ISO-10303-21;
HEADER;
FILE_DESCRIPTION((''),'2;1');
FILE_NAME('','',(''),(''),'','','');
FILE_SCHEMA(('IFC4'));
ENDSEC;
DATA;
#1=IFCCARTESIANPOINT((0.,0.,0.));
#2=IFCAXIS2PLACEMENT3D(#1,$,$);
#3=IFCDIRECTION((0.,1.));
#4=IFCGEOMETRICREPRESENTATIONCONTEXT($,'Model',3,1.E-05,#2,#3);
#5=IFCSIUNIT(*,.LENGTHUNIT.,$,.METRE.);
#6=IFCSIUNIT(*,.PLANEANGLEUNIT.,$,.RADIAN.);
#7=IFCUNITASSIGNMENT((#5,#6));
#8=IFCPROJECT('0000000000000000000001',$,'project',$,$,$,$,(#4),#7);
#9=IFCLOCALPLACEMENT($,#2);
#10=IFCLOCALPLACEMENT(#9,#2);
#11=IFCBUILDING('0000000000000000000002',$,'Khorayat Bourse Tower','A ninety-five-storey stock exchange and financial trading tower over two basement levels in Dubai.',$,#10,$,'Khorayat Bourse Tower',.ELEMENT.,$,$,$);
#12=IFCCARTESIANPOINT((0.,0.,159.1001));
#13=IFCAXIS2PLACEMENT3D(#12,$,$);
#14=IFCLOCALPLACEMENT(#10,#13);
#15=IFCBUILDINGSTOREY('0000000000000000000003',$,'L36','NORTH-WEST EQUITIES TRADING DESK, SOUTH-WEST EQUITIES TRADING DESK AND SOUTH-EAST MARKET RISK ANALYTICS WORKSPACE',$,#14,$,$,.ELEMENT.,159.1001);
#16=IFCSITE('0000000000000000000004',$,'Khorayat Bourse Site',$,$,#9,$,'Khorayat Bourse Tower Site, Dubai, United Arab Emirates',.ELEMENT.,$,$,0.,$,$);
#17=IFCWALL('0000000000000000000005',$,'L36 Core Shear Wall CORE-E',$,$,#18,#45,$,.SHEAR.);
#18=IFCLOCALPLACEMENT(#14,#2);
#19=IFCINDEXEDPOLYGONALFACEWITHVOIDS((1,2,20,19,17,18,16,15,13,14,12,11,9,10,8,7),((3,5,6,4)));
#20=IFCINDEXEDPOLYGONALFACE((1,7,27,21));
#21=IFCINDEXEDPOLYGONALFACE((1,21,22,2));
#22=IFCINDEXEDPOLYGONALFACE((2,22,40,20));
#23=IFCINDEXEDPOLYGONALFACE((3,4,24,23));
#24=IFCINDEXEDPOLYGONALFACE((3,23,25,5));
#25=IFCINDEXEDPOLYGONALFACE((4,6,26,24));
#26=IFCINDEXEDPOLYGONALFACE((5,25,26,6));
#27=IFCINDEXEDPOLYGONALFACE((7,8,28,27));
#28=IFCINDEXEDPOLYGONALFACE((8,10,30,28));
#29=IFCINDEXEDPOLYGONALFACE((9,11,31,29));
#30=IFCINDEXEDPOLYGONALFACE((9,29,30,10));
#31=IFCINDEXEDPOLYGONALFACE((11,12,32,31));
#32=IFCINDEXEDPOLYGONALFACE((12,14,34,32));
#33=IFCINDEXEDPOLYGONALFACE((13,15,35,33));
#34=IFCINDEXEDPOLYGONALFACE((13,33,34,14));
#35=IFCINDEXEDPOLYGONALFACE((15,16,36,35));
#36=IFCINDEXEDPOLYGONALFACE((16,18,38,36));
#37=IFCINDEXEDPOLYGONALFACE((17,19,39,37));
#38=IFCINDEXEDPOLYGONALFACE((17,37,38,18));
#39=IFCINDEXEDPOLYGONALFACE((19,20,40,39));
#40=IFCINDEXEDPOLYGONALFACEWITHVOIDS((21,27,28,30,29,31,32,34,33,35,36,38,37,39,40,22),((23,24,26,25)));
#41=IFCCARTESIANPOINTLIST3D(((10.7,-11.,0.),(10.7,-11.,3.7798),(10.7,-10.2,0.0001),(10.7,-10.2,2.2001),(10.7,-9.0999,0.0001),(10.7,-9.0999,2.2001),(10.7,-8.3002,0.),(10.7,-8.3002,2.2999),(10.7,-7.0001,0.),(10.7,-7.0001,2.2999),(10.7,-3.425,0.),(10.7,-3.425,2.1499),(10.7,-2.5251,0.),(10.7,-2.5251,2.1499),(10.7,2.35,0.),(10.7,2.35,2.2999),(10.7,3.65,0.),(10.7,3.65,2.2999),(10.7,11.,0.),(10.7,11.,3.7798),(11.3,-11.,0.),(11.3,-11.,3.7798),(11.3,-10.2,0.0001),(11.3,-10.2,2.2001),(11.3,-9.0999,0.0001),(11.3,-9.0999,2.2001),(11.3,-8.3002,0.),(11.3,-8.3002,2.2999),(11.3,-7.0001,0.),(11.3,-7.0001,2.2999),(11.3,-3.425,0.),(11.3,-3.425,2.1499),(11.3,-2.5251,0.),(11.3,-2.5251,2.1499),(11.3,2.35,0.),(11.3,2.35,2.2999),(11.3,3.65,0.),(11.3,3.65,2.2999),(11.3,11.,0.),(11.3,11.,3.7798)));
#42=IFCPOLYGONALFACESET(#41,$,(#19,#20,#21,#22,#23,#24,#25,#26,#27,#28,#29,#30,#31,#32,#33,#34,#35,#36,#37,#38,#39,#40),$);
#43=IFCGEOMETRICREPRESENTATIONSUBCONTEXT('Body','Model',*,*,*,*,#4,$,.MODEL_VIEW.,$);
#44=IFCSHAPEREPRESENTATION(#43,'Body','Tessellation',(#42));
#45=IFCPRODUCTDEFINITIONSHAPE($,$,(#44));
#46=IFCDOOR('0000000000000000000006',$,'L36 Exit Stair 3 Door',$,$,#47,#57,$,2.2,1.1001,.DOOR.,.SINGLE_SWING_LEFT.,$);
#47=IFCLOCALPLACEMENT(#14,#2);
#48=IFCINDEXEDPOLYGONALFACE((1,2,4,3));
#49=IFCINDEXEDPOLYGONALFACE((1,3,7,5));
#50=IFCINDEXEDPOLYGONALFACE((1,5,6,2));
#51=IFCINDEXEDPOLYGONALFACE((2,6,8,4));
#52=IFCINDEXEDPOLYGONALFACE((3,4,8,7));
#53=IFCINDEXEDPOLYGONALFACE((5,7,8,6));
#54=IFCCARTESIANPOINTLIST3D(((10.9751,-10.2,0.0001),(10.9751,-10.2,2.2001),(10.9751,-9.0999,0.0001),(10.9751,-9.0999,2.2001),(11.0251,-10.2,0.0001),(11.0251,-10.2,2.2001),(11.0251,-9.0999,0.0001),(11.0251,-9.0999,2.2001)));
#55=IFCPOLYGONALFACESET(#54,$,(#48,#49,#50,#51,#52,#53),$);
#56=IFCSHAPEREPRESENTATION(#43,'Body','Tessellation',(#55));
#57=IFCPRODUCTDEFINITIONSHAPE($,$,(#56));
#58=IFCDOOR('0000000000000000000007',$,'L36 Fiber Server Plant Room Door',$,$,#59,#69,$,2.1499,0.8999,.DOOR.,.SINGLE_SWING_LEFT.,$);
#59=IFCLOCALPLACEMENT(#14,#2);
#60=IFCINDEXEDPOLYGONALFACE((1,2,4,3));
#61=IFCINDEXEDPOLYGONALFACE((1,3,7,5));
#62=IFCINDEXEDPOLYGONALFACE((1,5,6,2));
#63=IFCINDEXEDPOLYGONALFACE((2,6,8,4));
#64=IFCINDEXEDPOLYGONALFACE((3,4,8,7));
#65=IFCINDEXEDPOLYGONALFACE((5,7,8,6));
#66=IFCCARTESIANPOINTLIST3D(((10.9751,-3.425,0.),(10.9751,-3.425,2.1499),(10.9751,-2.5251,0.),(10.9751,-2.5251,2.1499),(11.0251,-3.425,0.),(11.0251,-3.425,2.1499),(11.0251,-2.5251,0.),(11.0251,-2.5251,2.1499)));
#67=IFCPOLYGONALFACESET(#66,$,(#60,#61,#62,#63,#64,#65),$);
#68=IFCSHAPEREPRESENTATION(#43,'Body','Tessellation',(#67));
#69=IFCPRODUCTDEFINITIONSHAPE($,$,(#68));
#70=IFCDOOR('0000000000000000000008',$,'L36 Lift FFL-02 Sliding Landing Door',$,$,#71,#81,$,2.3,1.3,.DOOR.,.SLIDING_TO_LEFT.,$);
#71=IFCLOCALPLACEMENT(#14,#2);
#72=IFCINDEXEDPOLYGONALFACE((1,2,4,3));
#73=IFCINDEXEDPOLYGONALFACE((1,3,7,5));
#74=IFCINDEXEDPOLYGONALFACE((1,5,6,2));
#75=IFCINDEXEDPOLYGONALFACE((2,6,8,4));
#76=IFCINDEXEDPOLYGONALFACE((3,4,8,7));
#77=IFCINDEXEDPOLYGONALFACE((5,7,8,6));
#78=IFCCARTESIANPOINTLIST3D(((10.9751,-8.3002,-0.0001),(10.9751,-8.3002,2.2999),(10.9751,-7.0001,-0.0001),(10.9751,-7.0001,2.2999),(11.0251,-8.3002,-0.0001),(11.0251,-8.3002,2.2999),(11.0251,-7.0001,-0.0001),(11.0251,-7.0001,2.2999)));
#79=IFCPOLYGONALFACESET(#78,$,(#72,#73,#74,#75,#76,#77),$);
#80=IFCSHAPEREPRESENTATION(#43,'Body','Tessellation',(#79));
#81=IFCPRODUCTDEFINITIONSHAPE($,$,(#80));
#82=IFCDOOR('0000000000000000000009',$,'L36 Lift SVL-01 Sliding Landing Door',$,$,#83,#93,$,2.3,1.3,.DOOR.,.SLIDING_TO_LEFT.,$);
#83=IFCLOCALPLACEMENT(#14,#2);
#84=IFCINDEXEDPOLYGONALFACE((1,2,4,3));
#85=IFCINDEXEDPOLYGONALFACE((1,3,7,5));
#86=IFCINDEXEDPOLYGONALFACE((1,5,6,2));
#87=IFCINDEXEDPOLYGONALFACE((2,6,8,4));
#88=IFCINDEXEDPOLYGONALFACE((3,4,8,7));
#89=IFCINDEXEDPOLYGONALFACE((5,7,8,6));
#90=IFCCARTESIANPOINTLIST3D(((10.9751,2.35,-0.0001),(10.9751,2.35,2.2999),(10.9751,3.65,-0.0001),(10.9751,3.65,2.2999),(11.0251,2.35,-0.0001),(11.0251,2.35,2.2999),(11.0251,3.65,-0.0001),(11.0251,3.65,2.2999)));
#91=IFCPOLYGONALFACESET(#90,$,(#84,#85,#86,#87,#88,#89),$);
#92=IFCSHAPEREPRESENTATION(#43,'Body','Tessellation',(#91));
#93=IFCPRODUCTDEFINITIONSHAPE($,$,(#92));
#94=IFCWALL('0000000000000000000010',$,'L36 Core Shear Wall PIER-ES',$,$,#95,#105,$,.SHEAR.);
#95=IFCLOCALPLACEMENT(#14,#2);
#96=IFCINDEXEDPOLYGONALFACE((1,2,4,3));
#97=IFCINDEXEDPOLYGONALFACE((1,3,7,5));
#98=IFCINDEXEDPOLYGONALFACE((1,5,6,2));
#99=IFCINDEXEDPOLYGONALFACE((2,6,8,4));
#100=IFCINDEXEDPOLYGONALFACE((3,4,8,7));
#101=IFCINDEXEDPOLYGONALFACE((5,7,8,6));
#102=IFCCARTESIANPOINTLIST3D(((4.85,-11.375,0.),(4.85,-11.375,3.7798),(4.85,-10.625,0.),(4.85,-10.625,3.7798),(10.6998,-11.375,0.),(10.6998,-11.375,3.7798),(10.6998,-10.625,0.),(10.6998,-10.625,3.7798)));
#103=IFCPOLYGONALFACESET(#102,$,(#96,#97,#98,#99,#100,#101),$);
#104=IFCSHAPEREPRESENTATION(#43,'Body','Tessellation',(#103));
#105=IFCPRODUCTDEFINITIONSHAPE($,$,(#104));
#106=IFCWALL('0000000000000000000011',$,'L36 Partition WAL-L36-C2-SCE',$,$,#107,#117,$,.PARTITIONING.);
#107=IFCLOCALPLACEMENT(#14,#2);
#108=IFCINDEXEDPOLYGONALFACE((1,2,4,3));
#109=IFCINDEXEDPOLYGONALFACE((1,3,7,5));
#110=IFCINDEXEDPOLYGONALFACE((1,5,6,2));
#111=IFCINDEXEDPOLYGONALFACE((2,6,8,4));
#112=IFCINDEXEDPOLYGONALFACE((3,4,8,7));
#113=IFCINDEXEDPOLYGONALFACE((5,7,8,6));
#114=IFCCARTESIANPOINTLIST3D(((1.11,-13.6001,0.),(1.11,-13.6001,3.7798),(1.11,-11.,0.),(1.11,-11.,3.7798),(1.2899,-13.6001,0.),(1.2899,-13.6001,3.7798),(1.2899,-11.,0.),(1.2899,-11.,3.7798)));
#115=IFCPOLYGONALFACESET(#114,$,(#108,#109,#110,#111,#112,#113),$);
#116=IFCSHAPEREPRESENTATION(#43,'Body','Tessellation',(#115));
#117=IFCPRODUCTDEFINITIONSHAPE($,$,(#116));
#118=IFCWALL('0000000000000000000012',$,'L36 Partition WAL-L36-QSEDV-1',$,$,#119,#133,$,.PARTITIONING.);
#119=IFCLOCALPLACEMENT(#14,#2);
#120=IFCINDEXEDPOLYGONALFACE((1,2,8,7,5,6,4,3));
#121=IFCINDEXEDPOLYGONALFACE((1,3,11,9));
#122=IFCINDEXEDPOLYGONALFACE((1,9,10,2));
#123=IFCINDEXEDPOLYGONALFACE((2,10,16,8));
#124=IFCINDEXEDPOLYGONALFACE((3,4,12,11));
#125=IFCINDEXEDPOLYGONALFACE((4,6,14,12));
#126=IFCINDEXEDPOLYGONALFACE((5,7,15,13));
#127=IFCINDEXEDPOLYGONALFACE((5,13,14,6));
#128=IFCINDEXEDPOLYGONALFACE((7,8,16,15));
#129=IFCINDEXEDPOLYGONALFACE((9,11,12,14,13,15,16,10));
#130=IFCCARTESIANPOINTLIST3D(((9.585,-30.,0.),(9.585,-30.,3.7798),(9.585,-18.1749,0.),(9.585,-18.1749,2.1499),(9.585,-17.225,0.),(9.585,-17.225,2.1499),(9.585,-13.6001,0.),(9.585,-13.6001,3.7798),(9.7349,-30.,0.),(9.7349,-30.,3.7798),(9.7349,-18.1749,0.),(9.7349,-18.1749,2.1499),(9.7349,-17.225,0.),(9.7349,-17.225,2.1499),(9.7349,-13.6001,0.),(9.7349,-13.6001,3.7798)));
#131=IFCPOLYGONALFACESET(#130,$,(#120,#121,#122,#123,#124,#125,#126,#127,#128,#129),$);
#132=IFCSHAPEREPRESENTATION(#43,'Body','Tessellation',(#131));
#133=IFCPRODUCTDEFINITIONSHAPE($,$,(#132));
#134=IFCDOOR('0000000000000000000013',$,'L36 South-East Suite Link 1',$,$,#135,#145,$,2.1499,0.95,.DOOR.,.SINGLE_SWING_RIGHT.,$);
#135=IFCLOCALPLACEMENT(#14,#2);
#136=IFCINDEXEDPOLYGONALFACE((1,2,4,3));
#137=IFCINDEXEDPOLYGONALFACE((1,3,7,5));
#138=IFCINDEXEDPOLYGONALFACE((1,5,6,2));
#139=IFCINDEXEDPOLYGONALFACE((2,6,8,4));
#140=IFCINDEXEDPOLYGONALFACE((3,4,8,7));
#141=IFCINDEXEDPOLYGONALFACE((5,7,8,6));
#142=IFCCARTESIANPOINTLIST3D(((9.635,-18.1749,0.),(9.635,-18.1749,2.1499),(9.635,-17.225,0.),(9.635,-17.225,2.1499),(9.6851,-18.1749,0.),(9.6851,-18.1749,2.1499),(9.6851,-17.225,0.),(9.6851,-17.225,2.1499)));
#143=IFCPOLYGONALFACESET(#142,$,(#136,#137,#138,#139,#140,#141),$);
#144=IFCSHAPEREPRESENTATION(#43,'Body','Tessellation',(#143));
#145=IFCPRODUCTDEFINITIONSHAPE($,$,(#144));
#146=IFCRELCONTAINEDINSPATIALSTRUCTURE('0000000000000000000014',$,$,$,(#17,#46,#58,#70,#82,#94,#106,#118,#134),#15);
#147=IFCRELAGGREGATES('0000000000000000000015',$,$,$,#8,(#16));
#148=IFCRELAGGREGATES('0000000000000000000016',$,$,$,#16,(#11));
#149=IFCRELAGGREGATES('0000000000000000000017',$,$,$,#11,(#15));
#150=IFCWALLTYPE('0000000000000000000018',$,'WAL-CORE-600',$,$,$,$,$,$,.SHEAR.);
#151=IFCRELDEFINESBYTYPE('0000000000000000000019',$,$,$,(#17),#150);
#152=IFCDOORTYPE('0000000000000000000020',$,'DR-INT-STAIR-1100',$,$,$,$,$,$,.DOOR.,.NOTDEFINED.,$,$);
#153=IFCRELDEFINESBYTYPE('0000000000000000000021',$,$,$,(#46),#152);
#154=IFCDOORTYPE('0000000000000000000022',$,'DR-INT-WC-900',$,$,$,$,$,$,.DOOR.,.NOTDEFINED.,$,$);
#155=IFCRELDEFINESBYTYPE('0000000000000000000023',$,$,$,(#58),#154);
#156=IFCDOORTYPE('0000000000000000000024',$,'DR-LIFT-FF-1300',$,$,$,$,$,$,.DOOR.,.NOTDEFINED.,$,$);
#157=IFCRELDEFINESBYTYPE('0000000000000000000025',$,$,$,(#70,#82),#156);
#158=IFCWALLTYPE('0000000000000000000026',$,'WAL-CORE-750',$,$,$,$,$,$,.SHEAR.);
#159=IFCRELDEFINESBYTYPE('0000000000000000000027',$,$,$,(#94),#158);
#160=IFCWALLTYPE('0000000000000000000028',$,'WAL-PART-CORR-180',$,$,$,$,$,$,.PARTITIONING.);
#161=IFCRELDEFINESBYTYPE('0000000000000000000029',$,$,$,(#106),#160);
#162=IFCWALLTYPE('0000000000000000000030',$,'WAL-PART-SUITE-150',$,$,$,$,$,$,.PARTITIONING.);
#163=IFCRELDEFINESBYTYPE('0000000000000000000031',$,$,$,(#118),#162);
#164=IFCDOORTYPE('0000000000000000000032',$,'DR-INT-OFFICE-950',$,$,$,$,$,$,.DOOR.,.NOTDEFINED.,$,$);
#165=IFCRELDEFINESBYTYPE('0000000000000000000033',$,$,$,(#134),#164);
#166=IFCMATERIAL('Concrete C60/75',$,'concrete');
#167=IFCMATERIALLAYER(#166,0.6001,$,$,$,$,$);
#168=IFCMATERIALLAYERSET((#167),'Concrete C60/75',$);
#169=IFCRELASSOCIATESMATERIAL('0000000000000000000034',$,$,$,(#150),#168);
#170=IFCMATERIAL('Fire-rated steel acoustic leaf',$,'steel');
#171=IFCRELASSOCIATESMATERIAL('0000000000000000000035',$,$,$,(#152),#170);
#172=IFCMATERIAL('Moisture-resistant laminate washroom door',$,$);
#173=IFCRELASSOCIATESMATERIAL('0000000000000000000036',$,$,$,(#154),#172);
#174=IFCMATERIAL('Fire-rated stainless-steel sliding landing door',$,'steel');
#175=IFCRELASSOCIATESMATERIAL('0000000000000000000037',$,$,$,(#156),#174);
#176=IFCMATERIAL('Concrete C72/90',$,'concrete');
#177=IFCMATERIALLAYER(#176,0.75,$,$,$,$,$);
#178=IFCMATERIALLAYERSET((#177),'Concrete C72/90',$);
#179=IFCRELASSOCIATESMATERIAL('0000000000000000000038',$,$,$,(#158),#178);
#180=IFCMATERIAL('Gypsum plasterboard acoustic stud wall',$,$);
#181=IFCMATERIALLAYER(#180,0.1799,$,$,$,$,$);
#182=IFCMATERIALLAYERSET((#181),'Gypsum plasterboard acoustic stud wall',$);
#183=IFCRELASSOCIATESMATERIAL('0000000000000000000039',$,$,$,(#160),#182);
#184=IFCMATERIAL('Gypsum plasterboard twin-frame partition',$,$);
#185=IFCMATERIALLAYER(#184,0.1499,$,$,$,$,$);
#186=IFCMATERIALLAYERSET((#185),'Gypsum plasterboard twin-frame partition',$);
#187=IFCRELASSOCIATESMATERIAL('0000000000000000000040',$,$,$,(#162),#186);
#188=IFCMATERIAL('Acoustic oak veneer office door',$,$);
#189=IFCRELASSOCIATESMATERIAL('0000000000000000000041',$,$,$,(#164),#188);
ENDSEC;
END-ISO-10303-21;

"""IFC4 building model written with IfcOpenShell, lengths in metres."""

from ifc_helpers import new_model, si_unit, direction, frame, frame_2d, origin, place, context, subcontext, project, spatial, rectangle, extrude, source, transform, mapped, material, layer, layer_set, type_object, element, fill, save


model = new_model("IFC4")

# Units and contexts
model_context = context("Model", 3, precision=1e-05, world=origin(), true_north=direction((0.0, 1.0)))
body_context = subcontext(model_context, "Body", "Model", "MODEL_VIEW")
ifc_project = project(units=[si_unit("LENGTHUNIT", "METRE"), si_unit("PLANEANGLEUNIT", "RADIAN")], contexts=[model_context])

# Site, building, storey
site_placement = place(None, origin())
site = spatial("IfcSite", under=ifc_project, at=site_placement, Name="Khorayat Bourse Site", LongName="Khorayat Bourse Tower Site, Dubai, United Arab Emirates", CompositionType="ELEMENT", RefElevation=0.0)
building_placement = place(site_placement, origin())
building = spatial("IfcBuilding", under=site, at=building_placement, Name="Khorayat Bourse Tower", Description="A ninety-five-storey stock exchange and financial trading tower over two basement levels in Dubai.", LongName="Khorayat Bourse Tower", CompositionType="ELEMENT")
storey_placement = place(building_placement, frame((0.0, 0.0, 159.1001)))
storey = spatial("IfcBuildingStorey", under=building, at=storey_placement, Name="L36", Description="NORTH-WEST EQUITIES TRADING DESK, SOUTH-WEST EQUITIES TRADING DESK AND SOUTH-EAST MARKET RISK ANALYTICS WORKSPACE", CompositionType="ELEMENT", Elevation=159.1001)

# Shared definitions
ifc_material_1 = material(Name="Concrete C60/75", Category="concrete")

# Shared definitions
ifc_material_2 = material(Name="Concrete C72/90", Category="concrete")

# Wall, openings, doors
ifc_layer_1 = layer(ifc_material_1, 0.6001)
ifc_layer_set_1 = layer_set([ifc_layer_1], Name="Concrete C60/75")
wall_type_1 = type_object("IfcWallType", Name="WAL-CORE-600", PredefinedType="SHEAR", material=ifc_layer_set_1)
shared_shape_1 = source(origin(), body_context, "Body", "SweptSolid", [
    extrude(rectangle(XDim=22.0, YDim=0.6001, at=frame_2d((11.0, 0.0))), origin(), (0.0, 0.0, 1.0), 3.7798),
])
wall_1_placement = place(storey_placement, frame((11.0, -11.0, 0.0), z_axis=(0.0, 0.0, 1.0), x_axis=(0.0, 1.0, 0.0)))
wall_1 = element("IfcWall", 1, at=wall_1_placement, inside=storey, type_object=wall_type_1, Name="L36 Core Shear Wall CORE-E", PredefinedType="SHEAR", context=body_context, shape_type="MappedRepresentation", body=[
    mapped(shared_shape_1, transform((0.0, 0.0, 0.0), scale=1.0)),
])
shared_shape_2 = source(origin(), body_context, "Body", "SweptSolid", [
    extrude(rectangle(XDim=1.1001, YDim=2.2, at=frame_2d((0.55, 1.1001))), frame((0.0, 0.3101, 0.0), z_axis=(0.0, -1.0, 0.0), x_axis=(1.0, 0.0, 0.0)), (0.0, 0.0, 1.0), 0.6201),
])
opening_1_placement = place(wall_1_placement, frame((0.8, 0.0, 0.0)))
opening_1 = element("IfcOpeningElement", 2, at=opening_1_placement, cuts=wall_1, PredefinedType="OPENING", context=body_context, shape_type="MappedRepresentation", body=[
    mapped(shared_shape_2, transform((0.0, 0.0, 0.0), scale=1.0)),
])
shared_shape_3 = source(origin(), body_context, "Body", "SweptSolid", [
    extrude(rectangle(XDim=0.8999, YDim=2.1499, at=frame_2d((0.45, 1.075))), frame((0.0, 0.3101, 0.0), z_axis=(0.0, -1.0, 0.0), x_axis=(1.0, 0.0, 0.0)), (0.0, 0.0, 1.0), 0.6201),
])
opening_2_placement = place(wall_1_placement, frame((7.575, 0.0, 0.0)))
opening_2 = element("IfcOpeningElement", 3, at=opening_2_placement, cuts=wall_1, PredefinedType="OPENING", context=body_context, shape_type="MappedRepresentation", body=[
    mapped(shared_shape_3, transform((0.0, 0.0, 0.0), scale=1.0)),
])
shared_shape_4 = source(origin(), body_context, "Body", "SweptSolid", [
    extrude(rectangle(XDim=1.3, YDim=2.3, at=frame_2d((0.6499, 1.1499))), frame((0.0, 0.3101, 0.0), z_axis=(0.0, -1.0, 0.0), x_axis=(1.0, 0.0, 0.0)), (0.0, 0.0, 1.0), 0.6201),
])
opening_3_placement = place(wall_1_placement, frame((2.7, 0.0, 0.0)))
opening_3 = element("IfcOpeningElement", 4, at=opening_3_placement, cuts=wall_1, PredefinedType="OPENING", context=body_context, shape_type="MappedRepresentation", body=[
    mapped(shared_shape_4, transform((0.0, 0.0, 0.0), scale=1.0)),
])
opening_4_placement = place(wall_1_placement, frame((13.3501, 0.0, 0.0)))
opening_4 = element("IfcOpeningElement", 5, at=opening_4_placement, cuts=wall_1, PredefinedType="OPENING", context=body_context, shape_type="MappedRepresentation", body=[
    mapped(shared_shape_4, transform((0.0, 0.0, 0.0), scale=1.0)),
])
ifc_material_3 = material(Name="Fire-rated steel acoustic leaf", Category="steel")
door_type_1 = type_object("IfcDoorType", Name="DR-INT-STAIR-1100", OperationType="NOTDEFINED", PredefinedType="DOOR", material=ifc_material_3)
shared_shape_5 = source(origin(), body_context, "Body", "SweptSolid", [
    extrude(rectangle(XDim=1.1001, YDim=2.2, at=frame_2d((0.55, 1.1001))), frame((0.0, 0.0249, 0.0), z_axis=(0.0, -1.0, 0.0), x_axis=(1.0, 0.0, 0.0)), (0.0, 0.0, 1.0), 0.05),
])
door_1_placement = place(opening_1_placement, origin())
door_1 = element("IfcDoor", 6, at=door_1_placement, inside=storey, type_object=door_type_1, Name="L36 Exit Stair 3 Door", OperationType="SINGLE_SWING_LEFT", OverallHeight=2.2, OverallWidth=1.1001, PredefinedType="DOOR", context=body_context, shape_type="MappedRepresentation", body=[
    mapped(shared_shape_5, transform((0.0, 0.0, 0.0), scale=1.0)),
])
fill(opening_1, door_1)
ifc_material_4 = material(Name="Moisture-resistant laminate washroom door")
door_type_2 = type_object("IfcDoorType", Name="DR-INT-WC-900", OperationType="NOTDEFINED", PredefinedType="DOOR", material=ifc_material_4)
shared_shape_6 = source(origin(), body_context, "Body", "SweptSolid", [
    extrude(rectangle(XDim=0.8999, YDim=2.1499, at=frame_2d((0.45, 1.075))), frame((0.0, 0.0249, 0.0), z_axis=(0.0, -1.0, 0.0), x_axis=(1.0, 0.0, 0.0)), (0.0, 0.0, 1.0), 0.05),
])
door_2_placement = place(opening_2_placement, origin())
door_2 = element("IfcDoor", 7, at=door_2_placement, inside=storey, type_object=door_type_2, Name="L36 Fiber Server Plant Room Door", OperationType="SINGLE_SWING_LEFT", OverallHeight=2.1499, OverallWidth=0.8999, PredefinedType="DOOR", context=body_context, shape_type="MappedRepresentation", body=[
    mapped(shared_shape_6, transform((0.0, 0.0, 0.0), scale=1.0)),
])
fill(opening_2, door_2)
ifc_material_5 = material(Name="Fire-rated stainless-steel sliding landing door", Category="steel")
door_type_3 = type_object("IfcDoorType", Name="DR-LIFT-FF-1300", OperationType="NOTDEFINED", PredefinedType="DOOR", material=ifc_material_5)
shared_shape_7 = source(origin(), body_context, "Body", "SweptSolid", [
    extrude(rectangle(XDim=1.3, YDim=2.3, at=frame_2d((0.6499, 1.1499))), frame((0.0, 0.0249, 0.0), z_axis=(0.0, -1.0, 0.0), x_axis=(1.0, 0.0, 0.0)), (0.0, 0.0, 1.0), 0.05),
])
door_3_placement = place(opening_3_placement, origin())
door_3 = element("IfcDoor", 8, at=door_3_placement, inside=storey, type_object=door_type_3, Name="L36 Lift FFL-02 Sliding Landing Door", OperationType="SLIDING_TO_LEFT", OverallHeight=2.3, OverallWidth=1.3, PredefinedType="DOOR", context=body_context, shape_type="MappedRepresentation", body=[
    mapped(shared_shape_7, transform((0.0, 0.0, 0.0), scale=1.0)),
])
fill(opening_3, door_3)
door_4_placement = place(opening_4_placement, origin())
door_4 = element("IfcDoor", 9, at=door_4_placement, inside=storey, type_object=door_type_3, Name="L36 Lift SVL-01 Sliding Landing Door", OperationType="SLIDING_TO_LEFT", OverallHeight=2.3, OverallWidth=1.3, PredefinedType="DOOR", context=body_context, shape_type="MappedRepresentation", body=[
    mapped(shared_shape_7, transform((0.0, 0.0, 0.0), scale=1.0)),
])
fill(opening_4, door_4)

# Walls
ifc_layer_2 = layer(ifc_material_2, 0.75)
ifc_layer_set_2 = layer_set([ifc_layer_2], Name="Concrete C72/90")
wall_type_2 = type_object("IfcWallType", Name="WAL-CORE-750", PredefinedType="SHEAR", material=ifc_layer_set_2)
shared_shape_8 = source(origin(), body_context, "Body", "SweptSolid", [
    extrude(rectangle(XDim=5.8499, YDim=0.75, at=frame_2d((2.9248, 0.0))), origin(), (0.0, 0.0, 1.0), 3.7798),
])
wall_2_placement = place(storey_placement, frame((4.8501, -11.0, 0.0), z_axis=(0.0, 0.0, 1.0), x_axis=(1.0, 0.0, 0.0)))
element("IfcWall", 10, at=wall_2_placement, inside=storey, type_object=wall_type_2, Name="L36 Core Shear Wall PIER-ES", PredefinedType="SHEAR", context=body_context, shape_type="MappedRepresentation", body=[
    mapped(shared_shape_8, transform((0.0, 0.0, 0.0), scale=1.0)),
])
ifc_material_6 = material(Name="Gypsum plasterboard acoustic stud wall")
ifc_layer_3 = layer(ifc_material_6, 0.1799)
ifc_layer_set_3 = layer_set([ifc_layer_3], Name="Gypsum plasterboard acoustic stud wall")
wall_type_3 = type_object("IfcWallType", Name="WAL-PART-CORR-180", PredefinedType="PARTITIONING", material=ifc_layer_set_3)
shared_shape_9 = source(origin(), body_context, "Body", "SweptSolid", [
    extrude(rectangle(XDim=2.6001, YDim=0.1799, at=frame_2d((1.3, 0.0))), origin(), (0.0, 0.0, 1.0), 3.7798),
])
wall_3_placement = place(storey_placement, frame((1.2, -13.6001, 0.0), z_axis=(0.0, 0.0, 1.0), x_axis=(0.0, 1.0, 0.0)))
element("IfcWall", 11, at=wall_3_placement, inside=storey, type_object=wall_type_3, Name="L36 Partition WAL-L36-C2-SCE", PredefinedType="PARTITIONING", context=body_context, shape_type="MappedRepresentation", body=[
    mapped(shared_shape_9, transform((0.0, 0.0, 0.0), scale=1.0)),
])

# Wall, opening, door
ifc_material_7 = material(Name="Gypsum plasterboard twin-frame partition")
ifc_layer_4 = layer(ifc_material_7, 0.1499)
ifc_layer_set_4 = layer_set([ifc_layer_4], Name="Gypsum plasterboard twin-frame partition")
wall_type_4 = type_object("IfcWallType", Name="WAL-PART-SUITE-150", PredefinedType="PARTITIONING", material=ifc_layer_set_4)
shared_shape_10 = source(origin(), body_context, "Body", "SweptSolid", [
    extrude(rectangle(XDim=16.3999, YDim=0.1499, at=frame_2d((8.2, 0.0))), origin(), (0.0, 0.0, 1.0), 3.7798),
])
wall_4_placement = place(storey_placement, frame((9.6599, -30.0, 0.0), z_axis=(0.0, 0.0, 1.0), x_axis=(0.0, 1.0, 0.0)))
wall_4 = element("IfcWall", 12, at=wall_4_placement, inside=storey, type_object=wall_type_4, Name="L36 Partition WAL-L36-QSEDV-1", PredefinedType="PARTITIONING", context=body_context, shape_type="MappedRepresentation", body=[
    mapped(shared_shape_10, transform((0.0, 0.0, 0.0), scale=1.0)),
])
shared_shape_11 = source(origin(), body_context, "Body", "SweptSolid", [
    extrude(rectangle(XDim=0.95, YDim=2.1499, at=frame_2d((0.4751, 1.075))), frame((0.0, 0.085, 0.0), z_axis=(0.0, -1.0, 0.0), x_axis=(1.0, 0.0, 0.0)), (0.0, 0.0, 1.0), 0.1699),
])
opening_5_placement = place(wall_4_placement, frame((11.825, 0.0, 0.0)))
opening_5 = element("IfcOpeningElement", 13, at=opening_5_placement, cuts=wall_4, PredefinedType="OPENING", context=body_context, shape_type="MappedRepresentation", body=[
    mapped(shared_shape_11, transform((0.0, 0.0, 0.0), scale=1.0)),
])
ifc_material_8 = material(Name="Acoustic oak veneer office door")
door_type_4 = type_object("IfcDoorType", Name="DR-INT-OFFICE-950", OperationType="NOTDEFINED", PredefinedType="DOOR", material=ifc_material_8)
shared_shape_12 = source(origin(), body_context, "Body", "SweptSolid", [
    extrude(rectangle(XDim=0.95, YDim=2.1499, at=frame_2d((0.4751, 1.075))), frame((0.0, 0.0249, 0.0), z_axis=(0.0, -1.0, 0.0), x_axis=(1.0, 0.0, 0.0)), (0.0, 0.0, 1.0), 0.05),
])
door_5_placement = place(opening_5_placement, origin())
door_5 = element("IfcDoor", 14, at=door_5_placement, inside=storey, type_object=door_type_4, Name="L36 South-East Suite Link 1", OperationType="SINGLE_SWING_RIGHT", OverallHeight=2.1499, OverallWidth=0.95, PredefinedType="DOOR", context=body_context, shape_type="MappedRepresentation", body=[
    mapped(shared_shape_12, transform((0.0, 0.0, 0.0), scale=1.0)),
])
fill(opening_5, door_5)

save(model, "model.ifc")
